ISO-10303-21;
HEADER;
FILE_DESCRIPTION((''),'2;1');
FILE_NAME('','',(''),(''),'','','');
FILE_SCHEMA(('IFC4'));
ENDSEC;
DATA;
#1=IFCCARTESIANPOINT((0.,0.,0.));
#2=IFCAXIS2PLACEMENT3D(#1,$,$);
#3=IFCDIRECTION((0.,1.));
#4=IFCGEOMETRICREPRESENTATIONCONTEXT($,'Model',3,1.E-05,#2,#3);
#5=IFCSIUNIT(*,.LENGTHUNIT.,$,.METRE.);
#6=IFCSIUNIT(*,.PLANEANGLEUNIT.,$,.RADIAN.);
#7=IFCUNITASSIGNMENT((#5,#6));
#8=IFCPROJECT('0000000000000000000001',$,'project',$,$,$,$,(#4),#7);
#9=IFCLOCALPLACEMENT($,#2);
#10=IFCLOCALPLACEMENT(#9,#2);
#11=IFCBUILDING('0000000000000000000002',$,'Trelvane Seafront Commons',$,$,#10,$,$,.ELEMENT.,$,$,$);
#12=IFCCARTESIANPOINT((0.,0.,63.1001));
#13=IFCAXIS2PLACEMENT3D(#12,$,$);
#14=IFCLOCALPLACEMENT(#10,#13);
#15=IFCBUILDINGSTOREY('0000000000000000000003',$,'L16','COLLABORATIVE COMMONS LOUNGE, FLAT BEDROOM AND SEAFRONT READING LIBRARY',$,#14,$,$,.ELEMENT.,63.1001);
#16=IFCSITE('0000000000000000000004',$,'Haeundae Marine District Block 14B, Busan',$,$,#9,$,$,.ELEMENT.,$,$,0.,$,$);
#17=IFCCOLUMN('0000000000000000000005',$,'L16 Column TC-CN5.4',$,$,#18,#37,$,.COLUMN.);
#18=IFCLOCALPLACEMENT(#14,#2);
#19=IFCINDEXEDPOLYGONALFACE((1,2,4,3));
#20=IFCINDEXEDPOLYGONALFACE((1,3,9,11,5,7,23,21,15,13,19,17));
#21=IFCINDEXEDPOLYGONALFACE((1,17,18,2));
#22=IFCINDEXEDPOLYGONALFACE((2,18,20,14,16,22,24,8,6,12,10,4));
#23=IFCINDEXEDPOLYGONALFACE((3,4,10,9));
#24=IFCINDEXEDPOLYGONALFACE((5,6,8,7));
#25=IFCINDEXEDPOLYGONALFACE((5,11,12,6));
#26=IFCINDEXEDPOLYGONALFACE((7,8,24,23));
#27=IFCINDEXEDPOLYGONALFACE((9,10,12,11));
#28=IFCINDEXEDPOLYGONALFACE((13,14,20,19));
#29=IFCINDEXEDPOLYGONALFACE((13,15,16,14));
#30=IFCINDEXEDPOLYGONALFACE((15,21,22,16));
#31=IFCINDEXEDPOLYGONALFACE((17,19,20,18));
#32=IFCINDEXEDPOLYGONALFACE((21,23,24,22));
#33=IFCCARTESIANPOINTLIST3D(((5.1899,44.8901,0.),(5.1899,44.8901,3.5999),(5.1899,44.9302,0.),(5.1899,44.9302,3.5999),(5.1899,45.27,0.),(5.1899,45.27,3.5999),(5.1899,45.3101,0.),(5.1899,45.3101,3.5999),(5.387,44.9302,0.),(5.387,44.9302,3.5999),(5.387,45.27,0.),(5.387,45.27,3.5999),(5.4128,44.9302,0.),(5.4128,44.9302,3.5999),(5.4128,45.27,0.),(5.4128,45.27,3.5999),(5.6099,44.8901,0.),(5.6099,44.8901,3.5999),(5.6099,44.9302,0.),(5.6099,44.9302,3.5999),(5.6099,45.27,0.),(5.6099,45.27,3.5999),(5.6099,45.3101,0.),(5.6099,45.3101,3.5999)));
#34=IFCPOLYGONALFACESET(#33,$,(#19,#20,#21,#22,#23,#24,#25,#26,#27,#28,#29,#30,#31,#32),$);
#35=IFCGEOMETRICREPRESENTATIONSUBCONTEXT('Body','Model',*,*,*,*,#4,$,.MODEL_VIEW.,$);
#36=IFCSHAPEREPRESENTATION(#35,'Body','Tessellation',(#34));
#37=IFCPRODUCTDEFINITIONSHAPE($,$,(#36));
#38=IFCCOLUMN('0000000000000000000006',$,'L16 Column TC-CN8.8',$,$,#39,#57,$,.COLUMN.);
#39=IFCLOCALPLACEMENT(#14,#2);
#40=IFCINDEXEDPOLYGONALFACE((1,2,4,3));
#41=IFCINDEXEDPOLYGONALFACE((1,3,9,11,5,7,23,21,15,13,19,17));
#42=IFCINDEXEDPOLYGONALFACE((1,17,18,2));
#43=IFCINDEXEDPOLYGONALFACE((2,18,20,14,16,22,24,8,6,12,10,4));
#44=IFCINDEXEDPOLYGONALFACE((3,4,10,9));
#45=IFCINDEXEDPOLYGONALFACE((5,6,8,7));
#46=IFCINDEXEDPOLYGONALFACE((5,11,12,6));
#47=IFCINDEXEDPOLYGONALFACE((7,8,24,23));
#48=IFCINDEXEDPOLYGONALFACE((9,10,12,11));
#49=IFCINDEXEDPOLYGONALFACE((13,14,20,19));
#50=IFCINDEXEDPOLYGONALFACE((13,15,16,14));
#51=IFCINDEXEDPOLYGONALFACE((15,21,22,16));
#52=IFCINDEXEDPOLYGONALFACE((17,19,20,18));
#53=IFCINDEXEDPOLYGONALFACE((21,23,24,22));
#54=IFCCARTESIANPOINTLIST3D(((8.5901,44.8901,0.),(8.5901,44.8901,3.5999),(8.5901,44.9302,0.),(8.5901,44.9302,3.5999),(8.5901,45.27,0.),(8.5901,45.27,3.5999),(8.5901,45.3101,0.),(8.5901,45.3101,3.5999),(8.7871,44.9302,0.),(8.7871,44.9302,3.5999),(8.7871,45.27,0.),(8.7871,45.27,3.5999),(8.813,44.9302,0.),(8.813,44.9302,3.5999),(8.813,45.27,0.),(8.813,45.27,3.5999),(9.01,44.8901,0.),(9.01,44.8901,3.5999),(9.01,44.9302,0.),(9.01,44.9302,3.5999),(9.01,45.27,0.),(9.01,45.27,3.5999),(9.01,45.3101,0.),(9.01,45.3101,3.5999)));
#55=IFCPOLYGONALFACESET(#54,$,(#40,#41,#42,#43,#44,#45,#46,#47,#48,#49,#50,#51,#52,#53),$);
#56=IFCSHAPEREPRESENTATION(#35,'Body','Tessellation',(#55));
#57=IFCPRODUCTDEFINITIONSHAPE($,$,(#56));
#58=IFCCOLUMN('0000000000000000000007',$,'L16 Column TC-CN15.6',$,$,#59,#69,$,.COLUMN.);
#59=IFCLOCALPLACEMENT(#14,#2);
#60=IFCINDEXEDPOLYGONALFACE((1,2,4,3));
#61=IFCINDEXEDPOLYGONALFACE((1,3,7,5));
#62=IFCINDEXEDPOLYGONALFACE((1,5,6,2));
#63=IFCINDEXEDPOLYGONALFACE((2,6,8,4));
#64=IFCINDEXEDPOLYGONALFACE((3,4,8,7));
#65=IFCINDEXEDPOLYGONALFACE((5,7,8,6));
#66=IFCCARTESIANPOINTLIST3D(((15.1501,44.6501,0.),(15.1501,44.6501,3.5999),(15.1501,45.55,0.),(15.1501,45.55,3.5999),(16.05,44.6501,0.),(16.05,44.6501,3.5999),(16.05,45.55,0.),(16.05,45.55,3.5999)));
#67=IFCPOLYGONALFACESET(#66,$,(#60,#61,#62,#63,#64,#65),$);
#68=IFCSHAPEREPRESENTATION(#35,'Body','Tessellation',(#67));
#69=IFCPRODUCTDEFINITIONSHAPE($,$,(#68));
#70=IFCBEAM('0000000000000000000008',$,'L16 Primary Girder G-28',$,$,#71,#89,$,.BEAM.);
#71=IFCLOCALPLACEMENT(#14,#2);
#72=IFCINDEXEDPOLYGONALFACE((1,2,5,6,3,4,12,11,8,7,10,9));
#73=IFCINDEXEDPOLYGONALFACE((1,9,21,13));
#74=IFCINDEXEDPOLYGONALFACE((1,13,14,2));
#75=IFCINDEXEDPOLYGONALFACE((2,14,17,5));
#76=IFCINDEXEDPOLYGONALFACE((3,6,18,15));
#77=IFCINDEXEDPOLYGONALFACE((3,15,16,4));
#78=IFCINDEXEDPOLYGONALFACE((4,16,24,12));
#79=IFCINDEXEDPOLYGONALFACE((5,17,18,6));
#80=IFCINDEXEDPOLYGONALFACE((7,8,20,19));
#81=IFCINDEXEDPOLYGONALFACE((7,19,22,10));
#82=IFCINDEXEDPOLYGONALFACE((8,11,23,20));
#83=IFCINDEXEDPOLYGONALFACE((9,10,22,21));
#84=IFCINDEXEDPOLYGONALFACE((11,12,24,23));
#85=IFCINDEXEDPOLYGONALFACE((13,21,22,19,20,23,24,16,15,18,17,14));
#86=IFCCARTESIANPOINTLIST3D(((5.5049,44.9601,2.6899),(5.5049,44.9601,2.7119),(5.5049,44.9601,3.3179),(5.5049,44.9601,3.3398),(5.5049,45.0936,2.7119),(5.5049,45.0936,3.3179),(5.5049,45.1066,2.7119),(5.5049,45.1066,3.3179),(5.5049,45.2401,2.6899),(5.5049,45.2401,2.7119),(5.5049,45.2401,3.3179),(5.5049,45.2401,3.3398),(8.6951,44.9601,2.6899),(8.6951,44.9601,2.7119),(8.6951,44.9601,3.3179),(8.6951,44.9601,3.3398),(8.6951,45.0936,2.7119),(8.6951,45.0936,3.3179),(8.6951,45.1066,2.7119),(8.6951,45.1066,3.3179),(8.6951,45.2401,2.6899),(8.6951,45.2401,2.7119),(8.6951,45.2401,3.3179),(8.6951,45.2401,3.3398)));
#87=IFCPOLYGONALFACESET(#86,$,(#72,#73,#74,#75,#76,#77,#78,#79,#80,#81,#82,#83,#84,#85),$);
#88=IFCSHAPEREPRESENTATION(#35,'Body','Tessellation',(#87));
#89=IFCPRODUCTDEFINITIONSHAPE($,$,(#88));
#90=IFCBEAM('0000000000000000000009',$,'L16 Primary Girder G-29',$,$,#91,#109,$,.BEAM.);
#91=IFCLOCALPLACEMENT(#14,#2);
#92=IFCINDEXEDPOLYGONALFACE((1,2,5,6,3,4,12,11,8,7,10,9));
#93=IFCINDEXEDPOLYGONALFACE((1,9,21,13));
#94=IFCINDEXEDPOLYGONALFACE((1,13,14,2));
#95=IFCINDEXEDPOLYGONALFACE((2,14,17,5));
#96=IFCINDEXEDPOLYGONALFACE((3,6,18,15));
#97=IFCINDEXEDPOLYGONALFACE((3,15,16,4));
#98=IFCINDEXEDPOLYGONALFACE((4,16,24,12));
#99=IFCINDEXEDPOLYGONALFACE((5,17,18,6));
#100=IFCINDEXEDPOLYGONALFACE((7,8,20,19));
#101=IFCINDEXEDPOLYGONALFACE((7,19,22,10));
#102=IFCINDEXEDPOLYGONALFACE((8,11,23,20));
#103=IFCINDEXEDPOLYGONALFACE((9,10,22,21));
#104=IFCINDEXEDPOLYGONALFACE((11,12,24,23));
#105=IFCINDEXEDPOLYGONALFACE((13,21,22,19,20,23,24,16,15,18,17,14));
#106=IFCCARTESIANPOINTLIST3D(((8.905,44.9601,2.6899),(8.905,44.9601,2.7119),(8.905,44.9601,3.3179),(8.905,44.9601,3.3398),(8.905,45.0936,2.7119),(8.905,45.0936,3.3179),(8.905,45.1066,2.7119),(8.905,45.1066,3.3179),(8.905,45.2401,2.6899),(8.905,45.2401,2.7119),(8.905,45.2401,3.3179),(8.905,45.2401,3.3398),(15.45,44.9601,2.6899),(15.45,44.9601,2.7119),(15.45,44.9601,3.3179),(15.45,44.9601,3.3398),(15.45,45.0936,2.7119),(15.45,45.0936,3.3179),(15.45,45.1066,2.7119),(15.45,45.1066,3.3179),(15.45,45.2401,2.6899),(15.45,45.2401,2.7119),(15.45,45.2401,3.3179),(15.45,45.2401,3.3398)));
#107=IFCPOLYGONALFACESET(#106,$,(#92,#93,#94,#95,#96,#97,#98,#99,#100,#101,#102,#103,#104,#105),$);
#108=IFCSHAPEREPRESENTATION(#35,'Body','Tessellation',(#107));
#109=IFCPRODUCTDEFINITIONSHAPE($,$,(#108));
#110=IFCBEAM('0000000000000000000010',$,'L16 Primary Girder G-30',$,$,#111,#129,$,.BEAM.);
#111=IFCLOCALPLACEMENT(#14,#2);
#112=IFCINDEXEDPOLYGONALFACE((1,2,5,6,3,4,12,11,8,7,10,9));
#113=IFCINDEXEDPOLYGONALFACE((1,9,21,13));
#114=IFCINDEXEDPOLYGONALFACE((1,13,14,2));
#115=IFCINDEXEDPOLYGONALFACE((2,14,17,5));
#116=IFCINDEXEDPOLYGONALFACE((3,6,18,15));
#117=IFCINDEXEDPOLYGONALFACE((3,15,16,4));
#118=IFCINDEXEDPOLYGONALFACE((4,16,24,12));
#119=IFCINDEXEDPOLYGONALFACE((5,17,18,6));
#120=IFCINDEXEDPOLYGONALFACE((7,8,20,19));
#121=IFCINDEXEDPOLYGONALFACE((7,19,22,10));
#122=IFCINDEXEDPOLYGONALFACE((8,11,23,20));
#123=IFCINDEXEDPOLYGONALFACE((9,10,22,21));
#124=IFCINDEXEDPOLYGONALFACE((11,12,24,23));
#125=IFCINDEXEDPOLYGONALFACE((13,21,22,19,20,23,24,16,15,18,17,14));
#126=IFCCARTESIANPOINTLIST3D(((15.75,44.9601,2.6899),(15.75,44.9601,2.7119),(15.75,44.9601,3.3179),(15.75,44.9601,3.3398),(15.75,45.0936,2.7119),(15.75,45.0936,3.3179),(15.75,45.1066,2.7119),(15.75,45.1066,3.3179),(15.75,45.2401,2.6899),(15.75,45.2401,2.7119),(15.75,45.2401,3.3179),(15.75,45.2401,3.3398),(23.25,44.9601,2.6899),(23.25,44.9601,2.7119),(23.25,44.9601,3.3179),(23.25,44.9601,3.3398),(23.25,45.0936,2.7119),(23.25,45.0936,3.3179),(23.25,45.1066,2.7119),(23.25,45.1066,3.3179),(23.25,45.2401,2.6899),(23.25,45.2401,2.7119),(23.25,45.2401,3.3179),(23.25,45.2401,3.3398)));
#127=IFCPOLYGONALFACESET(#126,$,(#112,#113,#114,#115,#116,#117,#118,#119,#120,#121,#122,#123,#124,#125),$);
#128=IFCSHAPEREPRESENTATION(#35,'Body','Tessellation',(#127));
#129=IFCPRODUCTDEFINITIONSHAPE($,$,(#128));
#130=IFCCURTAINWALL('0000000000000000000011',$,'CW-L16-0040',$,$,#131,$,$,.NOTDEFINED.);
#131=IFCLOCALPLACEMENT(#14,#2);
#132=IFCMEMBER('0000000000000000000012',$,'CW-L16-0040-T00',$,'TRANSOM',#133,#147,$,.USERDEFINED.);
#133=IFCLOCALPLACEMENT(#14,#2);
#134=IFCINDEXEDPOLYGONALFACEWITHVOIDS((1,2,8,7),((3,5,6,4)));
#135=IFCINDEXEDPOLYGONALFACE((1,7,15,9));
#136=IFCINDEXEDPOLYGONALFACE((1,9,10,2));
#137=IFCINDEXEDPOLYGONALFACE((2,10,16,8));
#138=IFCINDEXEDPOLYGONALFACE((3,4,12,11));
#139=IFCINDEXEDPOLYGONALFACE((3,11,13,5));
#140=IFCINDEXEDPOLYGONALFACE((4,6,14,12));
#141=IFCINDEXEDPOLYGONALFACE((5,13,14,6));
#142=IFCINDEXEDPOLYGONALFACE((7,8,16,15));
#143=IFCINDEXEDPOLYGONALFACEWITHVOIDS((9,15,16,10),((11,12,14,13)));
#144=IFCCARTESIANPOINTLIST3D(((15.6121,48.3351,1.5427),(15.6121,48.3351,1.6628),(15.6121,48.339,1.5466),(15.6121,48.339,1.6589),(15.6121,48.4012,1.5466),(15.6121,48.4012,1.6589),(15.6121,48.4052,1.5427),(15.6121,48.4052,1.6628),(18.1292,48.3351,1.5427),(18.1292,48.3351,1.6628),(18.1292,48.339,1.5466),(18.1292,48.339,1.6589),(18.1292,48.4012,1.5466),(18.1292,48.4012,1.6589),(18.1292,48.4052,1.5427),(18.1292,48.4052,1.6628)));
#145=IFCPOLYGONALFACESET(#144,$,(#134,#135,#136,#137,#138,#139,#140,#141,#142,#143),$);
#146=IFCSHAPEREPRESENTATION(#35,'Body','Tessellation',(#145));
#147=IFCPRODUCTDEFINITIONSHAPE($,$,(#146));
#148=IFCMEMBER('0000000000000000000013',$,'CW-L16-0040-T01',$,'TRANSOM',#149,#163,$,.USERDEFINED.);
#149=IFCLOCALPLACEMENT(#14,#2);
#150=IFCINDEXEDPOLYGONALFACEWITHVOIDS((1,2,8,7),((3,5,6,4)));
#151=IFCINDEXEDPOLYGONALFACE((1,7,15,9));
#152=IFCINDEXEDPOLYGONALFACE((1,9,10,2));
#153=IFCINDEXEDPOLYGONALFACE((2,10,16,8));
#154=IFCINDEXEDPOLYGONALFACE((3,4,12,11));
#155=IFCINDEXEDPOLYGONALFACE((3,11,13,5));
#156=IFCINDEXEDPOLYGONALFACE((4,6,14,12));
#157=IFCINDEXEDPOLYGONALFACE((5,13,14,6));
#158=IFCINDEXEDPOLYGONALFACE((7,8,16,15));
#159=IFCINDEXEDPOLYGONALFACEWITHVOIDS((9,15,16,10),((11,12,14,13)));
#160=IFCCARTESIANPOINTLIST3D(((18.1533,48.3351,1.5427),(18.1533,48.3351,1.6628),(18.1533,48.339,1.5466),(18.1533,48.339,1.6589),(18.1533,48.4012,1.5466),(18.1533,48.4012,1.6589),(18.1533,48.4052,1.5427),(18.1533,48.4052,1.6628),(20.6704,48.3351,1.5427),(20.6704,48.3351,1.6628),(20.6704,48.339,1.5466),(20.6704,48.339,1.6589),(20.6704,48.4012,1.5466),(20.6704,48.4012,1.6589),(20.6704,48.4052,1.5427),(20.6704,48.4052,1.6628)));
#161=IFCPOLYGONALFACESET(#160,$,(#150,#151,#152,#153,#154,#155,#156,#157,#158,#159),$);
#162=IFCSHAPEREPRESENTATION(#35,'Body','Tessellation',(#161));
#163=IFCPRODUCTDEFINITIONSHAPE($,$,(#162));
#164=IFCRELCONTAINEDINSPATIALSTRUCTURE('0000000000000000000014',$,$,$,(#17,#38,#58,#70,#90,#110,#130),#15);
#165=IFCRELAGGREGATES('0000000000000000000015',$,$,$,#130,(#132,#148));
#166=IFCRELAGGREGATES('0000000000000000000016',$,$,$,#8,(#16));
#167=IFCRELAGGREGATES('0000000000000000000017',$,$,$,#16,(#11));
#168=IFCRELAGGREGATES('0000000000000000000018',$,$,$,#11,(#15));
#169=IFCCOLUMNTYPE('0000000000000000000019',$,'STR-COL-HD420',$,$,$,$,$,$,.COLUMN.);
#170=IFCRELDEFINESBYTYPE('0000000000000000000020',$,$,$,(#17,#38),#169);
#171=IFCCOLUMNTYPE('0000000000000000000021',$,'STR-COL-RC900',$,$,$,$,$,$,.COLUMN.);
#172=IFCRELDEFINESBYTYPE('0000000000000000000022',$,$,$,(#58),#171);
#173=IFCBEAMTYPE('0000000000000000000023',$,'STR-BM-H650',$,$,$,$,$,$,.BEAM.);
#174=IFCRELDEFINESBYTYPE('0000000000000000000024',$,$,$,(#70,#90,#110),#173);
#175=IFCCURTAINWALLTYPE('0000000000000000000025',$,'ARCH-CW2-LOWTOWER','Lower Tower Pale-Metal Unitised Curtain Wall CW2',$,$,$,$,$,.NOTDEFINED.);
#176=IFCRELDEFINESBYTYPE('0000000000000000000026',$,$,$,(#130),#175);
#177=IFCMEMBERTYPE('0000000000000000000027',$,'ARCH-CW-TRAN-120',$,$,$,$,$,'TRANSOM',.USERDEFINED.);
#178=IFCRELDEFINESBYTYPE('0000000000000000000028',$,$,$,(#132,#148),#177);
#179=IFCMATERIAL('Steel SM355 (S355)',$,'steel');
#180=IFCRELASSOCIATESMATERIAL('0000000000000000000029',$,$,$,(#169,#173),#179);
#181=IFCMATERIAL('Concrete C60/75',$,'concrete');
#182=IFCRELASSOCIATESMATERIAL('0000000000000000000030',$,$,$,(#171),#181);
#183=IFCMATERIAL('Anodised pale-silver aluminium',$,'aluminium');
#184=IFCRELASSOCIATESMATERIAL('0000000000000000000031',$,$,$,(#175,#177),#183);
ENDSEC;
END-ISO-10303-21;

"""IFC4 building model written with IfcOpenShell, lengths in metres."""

from ifc_helpers import new_model, si_unit, direction, frame, origin, origin_2d, place, context, subcontext, project, spatial, rectangle, hollow_rectangle, i_section, extrude, source, transform, mapped, material, material_profile, profile_set, type_object, element, aggregate, save


model = new_model("IFC4")

# Units and contexts
model_context = context("Model", 3, precision=1e-05, world=origin(), true_north=direction((0.0, 1.0)))
body_context = subcontext(model_context, "Body", "Model", "MODEL_VIEW")
ifc_project = project(units=[si_unit("LENGTHUNIT", "METRE"), si_unit("PLANEANGLEUNIT", "RADIAN")], contexts=[model_context])

# Site, building, storey
site_placement = place(None, origin())
site = spatial("IfcSite", under=ifc_project, at=site_placement, Name="Haeundae Marine District Block 14B, Busan", CompositionType="ELEMENT", RefElevation=0.0)
building_placement = place(site_placement, origin())
building = spatial("IfcBuilding", under=site, at=building_placement, Name="Trelvane Seafront Commons", CompositionType="ELEMENT")
storey_placement = place(building_placement, frame((0.0, 0.0, 63.1001)))
storey = spatial("IfcBuildingStorey", under=building, at=storey_placement, Name="L16", Description="COLLABORATIVE COMMONS LOUNGE, FLAT BEDROOM AND SEAFRONT READING LIBRARY", CompositionType="ELEMENT", Elevation=63.1001)

# Columns
ifc_material_1 = material(Name="Steel SM355 (S355)", Category="steel")
ifc_material_profile_1 = material_profile(ifc_material_1, i_section(OverallWidth=0.4199, OverallDepth=0.4199, WebThickness=0.0259, FlangeThickness=0.04, at=origin_2d()), Name="HD-420x420x26x40")
ifc_profile_set_1 = profile_set([ifc_material_profile_1], Name="Steel SM355 (S355)")
column_type_1 = type_object("IfcColumnType", Name="STR-COL-HD420", PredefinedType="COLUMN", material=ifc_profile_set_1)
shared_shape_1 = source(origin(), body_context, "Body", "SweptSolid", [
    extrude(i_section(OverallWidth=0.4199, OverallDepth=0.4199, WebThickness=0.0259, FlangeThickness=0.04, at=origin_2d()), origin(), (0.0, 0.0, 1.0), 3.5999),
])
for number, where, z_axis, x_axis, name in (
    (1, (5.3999, 45.1001, 0.0), (0.0, 0.0, 1.0), (1.0, 0.0, 0.0), "L16 Column TC-CN5.4"),
    (2, (8.8, 45.1001, 0.0), (0.0, 0.0, 1.0), (1.0, 0.0, 0.0), "L16 Column TC-CN8.8"),
):
    element("IfcColumn", number, at=place(storey_placement, frame(where, z_axis=z_axis, x_axis=x_axis)), inside=storey, type_object=column_type_1, Name=name, PredefinedType="COLUMN", context=body_context, shape_type="MappedRepresentation", body=[
        mapped(shared_shape_1, transform((0.0, 0.0, 0.0), x_axis=(1.0, 0.0, 0.0), y_axis=(0.0, 1.0, 0.0), z_axis=(0.0, 0.0, 1.0), scale=1.0)),
    ])
ifc_material_2 = material(Name="Concrete C60/75", Category="concrete")
ifc_material_profile_2 = material_profile(ifc_material_2, rectangle(XDim=0.8999, YDim=0.8999, at=origin_2d()), Name="RC-900x900")
ifc_profile_set_2 = profile_set([ifc_material_profile_2], Name="Concrete C60/75")
column_type_2 = type_object("IfcColumnType", Name="STR-COL-RC900", PredefinedType="COLUMN", material=ifc_profile_set_2)
shared_shape_2 = source(origin(), body_context, "Body", "SweptSolid", [
    extrude(rectangle(XDim=0.8999, YDim=0.8999, at=origin_2d()), origin(), (0.0, 0.0, 1.0), 3.5999),
])
column_placement = place(storey_placement, frame((15.6001, 45.1001, 0.0), z_axis=(0.0, 0.0, 1.0), x_axis=(1.0, 0.0, 0.0)))
element("IfcColumn", 3, at=column_placement, inside=storey, type_object=column_type_2, Name="L16 Column TC-CN15.6", PredefinedType="COLUMN", context=body_context, shape_type="MappedRepresentation", body=[
    mapped(shared_shape_2, transform((0.0, 0.0, 0.0), x_axis=(1.0, 0.0, 0.0), y_axis=(0.0, 1.0, 0.0), z_axis=(0.0, 0.0, 1.0), scale=1.0)),
])

# Beams
ifc_material_profile_3 = material_profile(ifc_material_1, i_section(OverallWidth=0.28, OverallDepth=0.6499, WebThickness=0.0129, FlangeThickness=0.022, at=origin_2d()), Name="H-650x280x13x22")
ifc_profile_set_3 = profile_set([ifc_material_profile_3], Name="Steel SM355 (S355)")
beam_type = type_object("IfcBeamType", Name="STR-BM-H650", PredefinedType="BEAM", material=ifc_profile_set_3)
shared_shape_3 = source(origin(), body_context, "Body", "SweptSolid", [
    extrude(i_section(OverallWidth=0.28, OverallDepth=0.6499, WebThickness=0.0129, FlangeThickness=0.022, at=origin_2d()), origin(), (0.0, 0.0, 1.0), 3.1902),
])
beam_1_placement = place(storey_placement, frame((5.5049, 45.1001, 3.0149), z_axis=(1.0, 0.0, 0.0), x_axis=(0.0, 1.0, 0.0)))
element("IfcBeam", 4, at=beam_1_placement, inside=storey, type_object=beam_type, Name="L16 Primary Girder G-28", PredefinedType="BEAM", context=body_context, shape_type="MappedRepresentation", body=[
    mapped(shared_shape_3, transform((0.0, 0.0, 0.0), x_axis=(1.0, 0.0, 0.0), y_axis=(0.0, 1.0, 0.0), z_axis=(0.0, 0.0, 1.0), scale=1.0)),
])
shared_shape_4 = source(origin(), body_context, "Body", "SweptSolid", [
    extrude(i_section(OverallWidth=0.28, OverallDepth=0.6499, WebThickness=0.0129, FlangeThickness=0.022, at=origin_2d()), origin(), (0.0, 0.0, 1.0), 6.5449),
])
beam_2_placement = place(storey_placement, frame((8.905, 45.1001, 3.0149), z_axis=(1.0, 0.0, 0.0), x_axis=(0.0, 1.0, 0.0)))
element("IfcBeam", 5, at=beam_2_placement, inside=storey, type_object=beam_type, Name="L16 Primary Girder G-29", PredefinedType="BEAM", context=body_context, shape_type="MappedRepresentation", body=[
    mapped(shared_shape_4, transform((0.0, 0.0, 0.0), x_axis=(1.0, 0.0, 0.0), y_axis=(0.0, 1.0, 0.0), z_axis=(0.0, 0.0, 1.0), scale=1.0)),
])
shared_shape_5 = source(origin(), body_context, "Body", "SweptSolid", [
    extrude(i_section(OverallWidth=0.28, OverallDepth=0.6499, WebThickness=0.0129, FlangeThickness=0.022, at=origin_2d()), origin(), (0.0, 0.0, 1.0), 7.5),
])
beam_3_placement = place(storey_placement, frame((15.75, 45.1001, 3.0149), z_axis=(1.0, 0.0, 0.0), x_axis=(0.0, 1.0, 0.0)))
element("IfcBeam", 6, at=beam_3_placement, inside=storey, type_object=beam_type, Name="L16 Primary Girder G-30", PredefinedType="BEAM", context=body_context, shape_type="MappedRepresentation", body=[
    mapped(shared_shape_5, transform((0.0, 0.0, 0.0), x_axis=(1.0, 0.0, 0.0), y_axis=(0.0, 1.0, 0.0), z_axis=(0.0, 0.0, 1.0), scale=1.0)),
])

# Curtain wall, members
ifc_material_3 = material(Name="Anodised pale-silver aluminium", Category="aluminium")
curtain_wall_type = type_object("IfcCurtainWallType", Name="ARCH-CW2-LOWTOWER", Description="Lower Tower Pale-Metal Unitised Curtain Wall CW2", PredefinedType="NOTDEFINED", material=ifc_material_3)
curtain_wall_placement = place(storey_placement, origin())
curtain_wall = element("IfcCurtainWall", 7, at=curtain_wall_placement, inside=storey, type_object=curtain_wall_type, Name="CW-L16-0040", PredefinedType="NOTDEFINED")
ifc_material_profile_4 = material_profile(ifc_material_3, hollow_rectangle(XDim=0.0701, YDim=0.1201, WallThickness=0.0039, at=origin_2d()), Name="TRAN-70x120x4")
ifc_profile_set_4 = profile_set([ifc_material_profile_4], Name="Anodised pale-silver aluminium")
member_type_1 = type_object("IfcMemberType", Name="ARCH-CW-TRAN-120", ElementType="TRANSOM", PredefinedType="USERDEFINED", material=ifc_profile_set_4)
shared_shape_6 = source(origin(), body_context, "Body", "SweptSolid", [
    extrude(hollow_rectangle(XDim=0.0701, YDim=0.1201, WallThickness=0.0039, at=origin_2d()), origin(), (0.0, 0.0, 1.0), 2.5171),
])
member_1_placement = place(storey_placement, frame((15.6121, 48.3701, 1.6028), z_axis=(1.0, 0.0, 0.0), x_axis=(0.0, 1.0, 0.0)))
member_1 = element("IfcMember", 8, at=member_1_placement, type_object=member_type_1, Name="CW-L16-0040-T00", ObjectType="TRANSOM", PredefinedType="USERDEFINED", context=body_context, shape_type="MappedRepresentation", body=[
    mapped(shared_shape_6, transform((0.0, 0.0, 0.0), x_axis=(1.0, 0.0, 0.0), y_axis=(0.0, 1.0, 0.0), z_axis=(0.0, 0.0, 1.0), scale=1.0)),
])
member_2_placement = place(storey_placement, frame((18.1533, 48.3701, 1.6028), z_axis=(1.0, 0.0, 0.0), x_axis=(0.0, 1.0, 0.0)))
member_2 = element("IfcMember", 9, at=member_2_placement, type_object=member_type_1, Name="CW-L16-0040-T01", ObjectType="TRANSOM", PredefinedType="USERDEFINED", context=body_context, shape_type="MappedRepresentation", body=[
    mapped(shared_shape_6, transform((0.0, 0.0, 0.0), x_axis=(1.0, 0.0, 0.0), y_axis=(0.0, 1.0, 0.0), z_axis=(0.0, 0.0, 1.0), scale=1.0)),
])
aggregate(curtain_wall, [member_1, member_2])

save(model, "model.ifc")
